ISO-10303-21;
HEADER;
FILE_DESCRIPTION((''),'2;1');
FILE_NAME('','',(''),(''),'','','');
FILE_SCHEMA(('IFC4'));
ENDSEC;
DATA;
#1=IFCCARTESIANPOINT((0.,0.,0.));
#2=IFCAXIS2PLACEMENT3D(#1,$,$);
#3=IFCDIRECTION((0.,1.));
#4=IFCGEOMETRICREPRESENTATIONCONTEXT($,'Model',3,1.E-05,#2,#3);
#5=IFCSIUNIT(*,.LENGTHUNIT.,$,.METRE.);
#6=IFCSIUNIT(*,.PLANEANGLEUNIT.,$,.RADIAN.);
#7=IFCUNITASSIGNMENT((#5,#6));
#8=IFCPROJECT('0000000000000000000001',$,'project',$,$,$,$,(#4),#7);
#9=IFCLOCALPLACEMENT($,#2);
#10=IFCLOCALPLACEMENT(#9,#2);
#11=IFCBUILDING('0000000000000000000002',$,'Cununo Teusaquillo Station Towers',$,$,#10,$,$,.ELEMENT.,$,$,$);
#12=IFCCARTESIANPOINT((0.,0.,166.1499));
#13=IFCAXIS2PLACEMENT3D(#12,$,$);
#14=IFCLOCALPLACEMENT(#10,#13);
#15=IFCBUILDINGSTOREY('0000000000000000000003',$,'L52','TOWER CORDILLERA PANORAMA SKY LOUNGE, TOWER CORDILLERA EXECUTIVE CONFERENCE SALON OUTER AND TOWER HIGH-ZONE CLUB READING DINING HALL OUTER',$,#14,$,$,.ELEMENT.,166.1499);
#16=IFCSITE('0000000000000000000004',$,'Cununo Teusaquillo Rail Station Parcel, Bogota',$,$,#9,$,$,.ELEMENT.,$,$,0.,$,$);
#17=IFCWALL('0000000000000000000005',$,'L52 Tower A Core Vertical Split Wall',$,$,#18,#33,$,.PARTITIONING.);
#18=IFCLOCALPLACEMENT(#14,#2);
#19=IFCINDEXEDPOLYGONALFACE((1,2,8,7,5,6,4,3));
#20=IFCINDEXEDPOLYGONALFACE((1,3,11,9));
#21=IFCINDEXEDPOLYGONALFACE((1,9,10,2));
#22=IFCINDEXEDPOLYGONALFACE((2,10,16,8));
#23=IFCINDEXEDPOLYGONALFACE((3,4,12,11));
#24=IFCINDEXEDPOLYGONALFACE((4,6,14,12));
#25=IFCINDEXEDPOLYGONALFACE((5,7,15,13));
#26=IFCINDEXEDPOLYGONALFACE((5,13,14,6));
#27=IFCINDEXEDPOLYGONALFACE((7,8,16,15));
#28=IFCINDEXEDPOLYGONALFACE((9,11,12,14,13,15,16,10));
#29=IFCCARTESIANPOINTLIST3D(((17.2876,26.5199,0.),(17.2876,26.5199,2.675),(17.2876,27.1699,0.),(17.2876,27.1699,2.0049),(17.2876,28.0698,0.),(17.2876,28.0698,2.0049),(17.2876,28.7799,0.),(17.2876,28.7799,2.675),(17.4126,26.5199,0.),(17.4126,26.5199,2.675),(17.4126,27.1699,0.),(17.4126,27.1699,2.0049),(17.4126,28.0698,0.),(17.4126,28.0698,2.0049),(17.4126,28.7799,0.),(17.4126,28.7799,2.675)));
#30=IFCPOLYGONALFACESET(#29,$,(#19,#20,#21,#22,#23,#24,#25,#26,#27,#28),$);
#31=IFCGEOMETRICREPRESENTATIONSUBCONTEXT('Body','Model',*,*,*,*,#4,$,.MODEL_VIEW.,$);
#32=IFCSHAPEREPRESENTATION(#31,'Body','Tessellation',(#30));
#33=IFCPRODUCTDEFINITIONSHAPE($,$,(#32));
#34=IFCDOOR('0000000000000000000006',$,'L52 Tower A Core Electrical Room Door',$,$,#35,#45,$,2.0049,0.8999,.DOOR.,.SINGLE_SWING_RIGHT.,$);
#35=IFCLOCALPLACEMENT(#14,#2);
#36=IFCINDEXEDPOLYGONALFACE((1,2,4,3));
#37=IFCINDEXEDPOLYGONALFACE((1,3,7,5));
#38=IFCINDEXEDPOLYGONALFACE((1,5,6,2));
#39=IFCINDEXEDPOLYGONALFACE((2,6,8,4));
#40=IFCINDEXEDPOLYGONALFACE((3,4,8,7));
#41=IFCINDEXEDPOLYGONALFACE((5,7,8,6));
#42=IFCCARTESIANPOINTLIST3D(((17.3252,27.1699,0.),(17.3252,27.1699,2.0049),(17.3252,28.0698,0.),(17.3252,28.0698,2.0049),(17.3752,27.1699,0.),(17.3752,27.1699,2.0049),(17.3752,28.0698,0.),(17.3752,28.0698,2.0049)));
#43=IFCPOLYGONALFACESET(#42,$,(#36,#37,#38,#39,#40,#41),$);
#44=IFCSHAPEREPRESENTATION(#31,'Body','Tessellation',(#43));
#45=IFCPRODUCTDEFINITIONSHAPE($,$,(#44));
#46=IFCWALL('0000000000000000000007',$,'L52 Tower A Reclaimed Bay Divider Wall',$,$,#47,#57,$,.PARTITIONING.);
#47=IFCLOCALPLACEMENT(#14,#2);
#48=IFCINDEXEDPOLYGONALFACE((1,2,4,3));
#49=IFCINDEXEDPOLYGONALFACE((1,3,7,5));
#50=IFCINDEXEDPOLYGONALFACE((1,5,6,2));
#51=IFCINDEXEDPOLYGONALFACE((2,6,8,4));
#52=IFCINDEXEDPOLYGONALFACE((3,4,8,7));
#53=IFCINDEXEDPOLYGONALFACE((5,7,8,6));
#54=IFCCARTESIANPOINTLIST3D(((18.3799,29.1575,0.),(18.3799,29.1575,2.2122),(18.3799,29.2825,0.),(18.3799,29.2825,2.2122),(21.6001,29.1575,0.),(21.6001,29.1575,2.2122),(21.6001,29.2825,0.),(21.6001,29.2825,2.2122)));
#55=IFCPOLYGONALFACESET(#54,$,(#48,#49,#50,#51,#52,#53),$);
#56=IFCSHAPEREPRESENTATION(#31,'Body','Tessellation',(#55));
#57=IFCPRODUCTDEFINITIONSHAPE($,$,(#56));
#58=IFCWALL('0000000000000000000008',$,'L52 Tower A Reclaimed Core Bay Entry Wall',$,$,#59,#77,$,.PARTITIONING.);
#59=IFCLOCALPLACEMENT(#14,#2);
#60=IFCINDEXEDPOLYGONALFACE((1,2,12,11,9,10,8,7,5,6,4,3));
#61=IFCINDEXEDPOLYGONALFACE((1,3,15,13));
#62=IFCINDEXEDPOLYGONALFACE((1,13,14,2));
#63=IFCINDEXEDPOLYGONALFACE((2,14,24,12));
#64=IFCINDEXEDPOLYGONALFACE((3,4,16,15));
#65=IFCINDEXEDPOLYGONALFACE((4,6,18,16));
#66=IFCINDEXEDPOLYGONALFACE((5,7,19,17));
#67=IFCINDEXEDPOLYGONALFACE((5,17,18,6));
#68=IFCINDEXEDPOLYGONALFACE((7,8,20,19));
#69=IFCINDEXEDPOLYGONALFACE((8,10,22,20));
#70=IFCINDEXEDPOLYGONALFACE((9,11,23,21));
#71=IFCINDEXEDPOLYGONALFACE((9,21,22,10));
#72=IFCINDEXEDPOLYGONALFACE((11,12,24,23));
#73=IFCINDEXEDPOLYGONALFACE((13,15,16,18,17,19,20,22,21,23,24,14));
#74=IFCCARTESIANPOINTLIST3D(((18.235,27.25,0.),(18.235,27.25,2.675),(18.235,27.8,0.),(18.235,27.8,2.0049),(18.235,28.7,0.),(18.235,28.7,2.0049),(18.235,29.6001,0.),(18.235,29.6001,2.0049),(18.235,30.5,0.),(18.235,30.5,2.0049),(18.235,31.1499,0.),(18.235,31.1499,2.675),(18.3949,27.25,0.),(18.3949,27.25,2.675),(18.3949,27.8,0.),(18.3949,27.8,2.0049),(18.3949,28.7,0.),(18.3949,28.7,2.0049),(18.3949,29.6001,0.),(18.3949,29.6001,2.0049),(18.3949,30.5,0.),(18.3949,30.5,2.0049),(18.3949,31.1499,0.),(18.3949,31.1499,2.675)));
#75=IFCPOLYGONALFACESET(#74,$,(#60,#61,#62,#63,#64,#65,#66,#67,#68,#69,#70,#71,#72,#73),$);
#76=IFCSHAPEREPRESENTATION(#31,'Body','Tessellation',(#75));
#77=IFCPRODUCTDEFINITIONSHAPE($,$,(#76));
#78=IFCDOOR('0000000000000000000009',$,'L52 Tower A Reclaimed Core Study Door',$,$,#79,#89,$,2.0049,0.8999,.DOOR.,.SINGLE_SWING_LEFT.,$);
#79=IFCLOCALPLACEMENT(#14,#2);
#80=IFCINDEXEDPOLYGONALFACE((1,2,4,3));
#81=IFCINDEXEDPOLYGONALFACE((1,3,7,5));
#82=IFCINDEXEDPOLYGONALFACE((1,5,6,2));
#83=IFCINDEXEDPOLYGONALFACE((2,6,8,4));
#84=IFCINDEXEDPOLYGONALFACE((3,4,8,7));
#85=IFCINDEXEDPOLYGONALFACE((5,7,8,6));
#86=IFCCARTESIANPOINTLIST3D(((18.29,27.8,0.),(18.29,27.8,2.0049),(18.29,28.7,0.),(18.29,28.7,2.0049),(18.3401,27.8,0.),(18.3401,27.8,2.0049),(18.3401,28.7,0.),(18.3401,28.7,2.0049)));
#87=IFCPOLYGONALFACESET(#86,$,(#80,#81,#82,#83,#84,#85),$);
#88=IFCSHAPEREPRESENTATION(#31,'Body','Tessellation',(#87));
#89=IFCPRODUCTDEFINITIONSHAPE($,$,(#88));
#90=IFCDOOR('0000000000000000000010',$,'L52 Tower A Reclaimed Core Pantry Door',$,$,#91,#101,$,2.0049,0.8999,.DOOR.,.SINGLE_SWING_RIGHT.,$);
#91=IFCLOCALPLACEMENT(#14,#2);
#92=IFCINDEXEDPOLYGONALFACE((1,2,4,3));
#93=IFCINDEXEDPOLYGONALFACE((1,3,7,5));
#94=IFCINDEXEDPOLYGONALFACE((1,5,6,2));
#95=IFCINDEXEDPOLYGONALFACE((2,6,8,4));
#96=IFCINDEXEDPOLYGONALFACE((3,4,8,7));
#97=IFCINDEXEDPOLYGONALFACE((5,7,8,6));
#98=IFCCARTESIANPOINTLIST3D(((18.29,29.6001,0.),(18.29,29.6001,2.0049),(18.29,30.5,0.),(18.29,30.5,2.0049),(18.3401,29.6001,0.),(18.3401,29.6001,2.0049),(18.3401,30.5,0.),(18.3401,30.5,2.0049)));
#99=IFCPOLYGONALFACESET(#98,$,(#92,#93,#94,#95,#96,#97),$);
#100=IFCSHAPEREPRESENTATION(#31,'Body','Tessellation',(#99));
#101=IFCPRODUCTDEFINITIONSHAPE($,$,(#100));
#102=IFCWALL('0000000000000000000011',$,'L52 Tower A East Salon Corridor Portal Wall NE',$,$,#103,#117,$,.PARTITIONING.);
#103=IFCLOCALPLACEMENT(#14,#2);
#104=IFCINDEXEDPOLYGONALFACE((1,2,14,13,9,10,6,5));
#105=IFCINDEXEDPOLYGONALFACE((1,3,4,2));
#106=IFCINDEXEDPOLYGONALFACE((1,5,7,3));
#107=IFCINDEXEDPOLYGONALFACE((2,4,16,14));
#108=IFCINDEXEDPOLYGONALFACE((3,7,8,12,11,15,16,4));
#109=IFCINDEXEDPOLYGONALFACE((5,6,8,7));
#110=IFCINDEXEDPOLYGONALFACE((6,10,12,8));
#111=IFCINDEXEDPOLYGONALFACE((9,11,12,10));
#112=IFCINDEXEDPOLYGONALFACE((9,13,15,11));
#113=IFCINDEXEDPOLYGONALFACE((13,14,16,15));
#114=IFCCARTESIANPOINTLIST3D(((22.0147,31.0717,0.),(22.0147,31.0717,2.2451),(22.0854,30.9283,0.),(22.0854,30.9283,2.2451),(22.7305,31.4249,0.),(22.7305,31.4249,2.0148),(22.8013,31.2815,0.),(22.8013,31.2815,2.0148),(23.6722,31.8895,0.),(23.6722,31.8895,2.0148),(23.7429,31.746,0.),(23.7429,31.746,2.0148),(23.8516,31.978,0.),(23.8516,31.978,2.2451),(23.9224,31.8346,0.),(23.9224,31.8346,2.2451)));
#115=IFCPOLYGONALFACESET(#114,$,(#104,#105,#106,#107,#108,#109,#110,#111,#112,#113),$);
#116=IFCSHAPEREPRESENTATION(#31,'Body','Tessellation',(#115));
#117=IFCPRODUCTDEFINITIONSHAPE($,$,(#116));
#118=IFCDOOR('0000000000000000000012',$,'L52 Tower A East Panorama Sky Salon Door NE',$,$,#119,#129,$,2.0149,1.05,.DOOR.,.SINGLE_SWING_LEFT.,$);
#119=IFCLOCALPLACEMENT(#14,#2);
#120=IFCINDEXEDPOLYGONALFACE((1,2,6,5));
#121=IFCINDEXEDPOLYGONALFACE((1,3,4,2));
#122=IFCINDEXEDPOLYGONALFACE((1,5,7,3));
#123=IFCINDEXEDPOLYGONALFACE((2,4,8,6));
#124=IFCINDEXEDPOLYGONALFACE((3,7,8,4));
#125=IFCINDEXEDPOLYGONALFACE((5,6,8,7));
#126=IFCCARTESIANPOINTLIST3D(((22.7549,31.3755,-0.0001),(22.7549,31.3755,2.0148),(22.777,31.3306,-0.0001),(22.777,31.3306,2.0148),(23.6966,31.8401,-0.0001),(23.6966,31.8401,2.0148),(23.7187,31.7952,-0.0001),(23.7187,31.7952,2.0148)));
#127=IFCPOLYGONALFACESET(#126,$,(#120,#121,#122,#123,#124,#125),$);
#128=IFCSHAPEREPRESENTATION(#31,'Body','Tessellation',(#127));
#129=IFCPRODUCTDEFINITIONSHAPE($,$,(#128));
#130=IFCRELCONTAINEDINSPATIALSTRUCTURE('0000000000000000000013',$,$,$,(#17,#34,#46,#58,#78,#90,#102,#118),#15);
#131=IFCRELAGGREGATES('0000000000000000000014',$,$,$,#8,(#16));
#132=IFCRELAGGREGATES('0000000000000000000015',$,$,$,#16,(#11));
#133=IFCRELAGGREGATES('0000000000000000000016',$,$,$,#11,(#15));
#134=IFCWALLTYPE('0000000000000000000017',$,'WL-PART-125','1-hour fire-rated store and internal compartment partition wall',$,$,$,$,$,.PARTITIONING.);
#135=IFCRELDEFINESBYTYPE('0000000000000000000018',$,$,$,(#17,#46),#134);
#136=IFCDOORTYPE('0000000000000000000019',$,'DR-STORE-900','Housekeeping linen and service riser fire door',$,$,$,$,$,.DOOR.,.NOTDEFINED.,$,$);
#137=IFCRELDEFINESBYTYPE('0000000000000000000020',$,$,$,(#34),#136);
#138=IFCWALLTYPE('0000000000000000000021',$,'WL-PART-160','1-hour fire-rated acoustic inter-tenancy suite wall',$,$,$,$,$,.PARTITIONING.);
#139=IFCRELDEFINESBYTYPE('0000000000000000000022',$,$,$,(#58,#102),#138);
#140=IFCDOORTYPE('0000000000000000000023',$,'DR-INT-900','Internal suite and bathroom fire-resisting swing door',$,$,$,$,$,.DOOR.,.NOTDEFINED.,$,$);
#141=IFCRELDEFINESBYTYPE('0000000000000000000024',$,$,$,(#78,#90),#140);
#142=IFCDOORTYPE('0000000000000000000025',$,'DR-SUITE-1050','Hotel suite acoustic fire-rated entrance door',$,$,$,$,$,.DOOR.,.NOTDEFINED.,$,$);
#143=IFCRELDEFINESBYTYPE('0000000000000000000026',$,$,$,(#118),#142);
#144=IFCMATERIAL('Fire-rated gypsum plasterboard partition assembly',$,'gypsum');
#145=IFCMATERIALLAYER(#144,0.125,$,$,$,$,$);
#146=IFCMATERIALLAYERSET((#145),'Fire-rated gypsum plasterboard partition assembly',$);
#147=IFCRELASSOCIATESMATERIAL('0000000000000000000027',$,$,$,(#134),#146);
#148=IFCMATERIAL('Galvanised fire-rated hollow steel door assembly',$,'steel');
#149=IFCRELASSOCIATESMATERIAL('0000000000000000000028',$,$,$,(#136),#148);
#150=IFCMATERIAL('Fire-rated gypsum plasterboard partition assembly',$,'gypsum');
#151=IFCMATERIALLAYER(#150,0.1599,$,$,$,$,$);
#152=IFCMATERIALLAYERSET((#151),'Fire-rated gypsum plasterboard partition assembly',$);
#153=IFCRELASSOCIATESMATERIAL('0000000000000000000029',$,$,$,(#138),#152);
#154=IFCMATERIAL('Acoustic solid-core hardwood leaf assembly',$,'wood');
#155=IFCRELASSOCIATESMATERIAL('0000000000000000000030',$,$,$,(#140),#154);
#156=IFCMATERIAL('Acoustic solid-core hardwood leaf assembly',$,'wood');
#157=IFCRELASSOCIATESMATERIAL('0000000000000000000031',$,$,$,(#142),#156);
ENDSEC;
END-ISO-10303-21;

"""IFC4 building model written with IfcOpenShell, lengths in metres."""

from ifc_helpers import new_model, si_unit, direction, frame, frame_2d, origin, place, context, subcontext, project, spatial, rectangle, extrude, source, transform, mapped, material, layer, layer_set, type_object, element, fill, save


model = new_model("IFC4")

# Units and contexts
model_context = context("Model", 3, precision=1e-05, world=origin(), true_north=direction((0.0, 1.0)))
body_context = subcontext(model_context, "Body", "Model", "MODEL_VIEW")
ifc_project = project(units=[si_unit("LENGTHUNIT", "METRE"), si_unit("PLANEANGLEUNIT", "RADIAN")], contexts=[model_context])

# Site, building, storey
site_placement = place(None, origin())
site = spatial("IfcSite", under=ifc_project, at=site_placement, Name="Cununo Teusaquillo Rail Station Parcel, Bogota", CompositionType="ELEMENT", RefElevation=0.0)
building_placement = place(site_placement, origin())
building = spatial("IfcBuilding", under=site, at=building_placement, Name="Cununo Teusaquillo Station Towers", CompositionType="ELEMENT")
storey_placement = place(building_placement, frame((0.0, 0.0, 166.1499)))
storey = spatial("IfcBuildingStorey", under=building, at=storey_placement, Name="L52", Description="TOWER CORDILLERA PANORAMA SKY LOUNGE, TOWER CORDILLERA EXECUTIVE CONFERENCE SALON OUTER AND TOWER HIGH-ZONE CLUB READING DINING HALL OUTER", CompositionType="ELEMENT", Elevation=166.1499)

# Wall, opening, door
ifc_material_1 = material(Name="Fire-rated gypsum plasterboard partition assembly", Category="gypsum")
ifc_layer_1 = layer(ifc_material_1, 0.125)
ifc_layer_set_1 = layer_set([ifc_layer_1], Name="Fire-rated gypsum plasterboard partition assembly")
wall_type_1 = type_object("IfcWallType", Name="WL-PART-125", Description="1-hour fire-rated store and internal compartment partition wall", PredefinedType="PARTITIONING", material=ifc_layer_set_1)
wall_1_placement = place(storey_placement, frame((17.3501, 26.52, 0.0), z_axis=(0.0, 0.0, 1.0), x_axis=(0.0, 1.0, 0.0)))
wall_1 = element("IfcWall", 1, at=wall_1_placement, inside=storey, type_object=wall_type_1, Name="L52 Tower A Core Vertical Split Wall", PredefinedType="PARTITIONING", context=body_context, shape_type="SweptSolid", body=[
    extrude(rectangle(XDim=2.26, YDim=0.125, at=frame_2d((1.1299, 0.0))), origin(), (0.0, 0.0, 1.0), 2.675),
])
shared_shape_1 = source(origin(), body_context, "Body", "SweptSolid", [
    extrude(rectangle(XDim=0.8999, YDim=2.0049, at=frame_2d((0.45, 1.0024))), frame((0.0, 0.0725, 0.0), z_axis=(0.0, -1.0, 0.0), x_axis=(1.0, 0.0, 0.0)), (0.0, 0.0, 1.0), 0.145),
])
opening_1_placement = place(wall_1_placement, frame((0.6499, 0.0, 0.0)))
opening_1 = element("IfcOpeningElement", 2, at=opening_1_placement, cuts=wall_1, PredefinedType="OPENING", context=body_context, shape_type="MappedRepresentation", body=[
    mapped(shared_shape_1, transform((0.0, 0.0, 0.0), x_axis=(1.0, 0.0, 0.0), y_axis=(0.0, 1.0, 0.0), z_axis=(0.0, 0.0, 1.0), scale=1.0)),
])
ifc_material_2 = material(Name="Galvanised fire-rated hollow steel door assembly", Category="steel")
door_type_1 = type_object("IfcDoorType", Name="DR-STORE-900", Description="Housekeeping linen and service riser fire door", OperationType="NOTDEFINED", PredefinedType="DOOR", material=ifc_material_2)
shared_shape_2 = source(origin(), body_context, "Body", "SweptSolid", [
    extrude(rectangle(XDim=0.8999, YDim=2.0049, at=frame_2d((0.45, 1.0024))), frame((0.0, 0.0249, 0.0), z_axis=(0.0, -1.0, 0.0), x_axis=(1.0, 0.0, 0.0)), (0.0, 0.0, 1.0), 0.05),
])
door_1_placement = place(opening_1_placement, origin())
door_1 = element("IfcDoor", 3, at=door_1_placement, inside=storey, type_object=door_type_1, Name="L52 Tower A Core Electrical Room Door", OperationType="SINGLE_SWING_RIGHT", OverallHeight=2.0049, OverallWidth=0.8999, PredefinedType="DOOR", context=body_context, shape_type="MappedRepresentation", body=[
    mapped(shared_shape_2, transform((0.0, 0.0, 0.0), x_axis=(1.0, 0.0, 0.0), y_axis=(0.0, 1.0, 0.0), z_axis=(0.0, 0.0, 1.0), scale=1.0)),
])
fill(opening_1, door_1)

# Wall
wall_2_placement = place(storey_placement, frame((18.3799, 29.22, 0.0), z_axis=(0.0, 0.0, 1.0), x_axis=(1.0, 0.0, 0.0)))
element("IfcWall", 4, at=wall_2_placement, inside=storey, type_object=wall_type_1, Name="L52 Tower A Reclaimed Bay Divider Wall", PredefinedType="PARTITIONING", context=body_context, shape_type="SweptSolid", body=[
    extrude(rectangle(XDim=3.2202, YDim=0.125, at=frame_2d((1.6101, 0.0))), origin(), (0.0, 0.0, 1.0), 2.2122),
])

# Wall, openings, doors
ifc_material_3 = material(Name="Fire-rated gypsum plasterboard partition assembly", Category="gypsum")
ifc_layer_2 = layer(ifc_material_3, 0.1599)
ifc_layer_set_2 = layer_set([ifc_layer_2], Name="Fire-rated gypsum plasterboard partition assembly")
wall_type_2 = type_object("IfcWallType", Name="WL-PART-160", Description="1-hour fire-rated acoustic inter-tenancy suite wall", PredefinedType="PARTITIONING", material=ifc_layer_set_2)
wall_3_placement = place(storey_placement, frame((18.3149, 27.25, 0.0), z_axis=(0.0, 0.0, 1.0), x_axis=(0.0, 1.0, 0.0)))
wall_3 = element("IfcWall", 5, at=wall_3_placement, inside=storey, type_object=wall_type_2, Name="L52 Tower A Reclaimed Core Bay Entry Wall", PredefinedType="PARTITIONING", context=body_context, shape_type="SweptSolid", body=[
    extrude(rectangle(XDim=3.8999, YDim=0.1599, at=frame_2d((1.95, 0.0))), origin(), (0.0, 0.0, 1.0), 2.675),
])
shared_shape_3 = source(origin(), body_context, "Body", "SweptSolid", [
    extrude(rectangle(XDim=0.8999, YDim=2.0049, at=frame_2d((0.45, 1.0024))), frame((0.0, 0.0898, 0.0), z_axis=(0.0, -1.0, 0.0), x_axis=(1.0, 0.0, 0.0)), (0.0, 0.0, 1.0), 0.1799),
])
opening_2_placement = place(wall_3_placement, frame((0.55, 0.0, 0.0)))
opening_2 = element("IfcOpeningElement", 6, at=opening_2_placement, cuts=wall_3, PredefinedType="OPENING", context=body_context, shape_type="MappedRepresentation", body=[
    mapped(shared_shape_3, transform((0.0, 0.0, 0.0), x_axis=(1.0, 0.0, 0.0), y_axis=(0.0, 1.0, 0.0), z_axis=(0.0, 0.0, 1.0), scale=1.0)),
])
opening_3_placement = place(wall_3_placement, frame((2.3501, 0.0, 0.0)))
opening_3 = element("IfcOpeningElement", 7, at=opening_3_placement, cuts=wall_3, PredefinedType="OPENING", context=body_context, shape_type="MappedRepresentation", body=[
    mapped(shared_shape_3, transform((0.0, 0.0, 0.0), x_axis=(1.0, 0.0, 0.0), y_axis=(0.0, 1.0, 0.0), z_axis=(0.0, 0.0, 1.0), scale=1.0)),
])
ifc_material_4 = material(Name="Acoustic solid-core hardwood leaf assembly", Category="wood")
door_type_2 = type_object("IfcDoorType", Name="DR-INT-900", Description="Internal suite and bathroom fire-resisting swing door", OperationType="NOTDEFINED", PredefinedType="DOOR", material=ifc_material_4)
door_2_placement = place(opening_2_placement, origin())
door_2 = element("IfcDoor", 8, at=door_2_placement, inside=storey, type_object=door_type_2, Name="L52 Tower A Reclaimed Core Study Door", OperationType="SINGLE_SWING_LEFT", OverallHeight=2.0049, OverallWidth=0.8999, PredefinedType="DOOR", context=body_context, shape_type="MappedRepresentation", body=[
    mapped(shared_shape_2, transform((0.0, 0.0, 0.0), x_axis=(1.0, 0.0, 0.0), y_axis=(0.0, 1.0, 0.0), z_axis=(0.0, 0.0, 1.0), scale=1.0)),
])
fill(opening_2, door_2)
door_3_placement = place(opening_3_placement, origin())
door_3 = element("IfcDoor", 9, at=door_3_placement, inside=storey, type_object=door_type_2, Name="L52 Tower A Reclaimed Core Pantry Door", OperationType="SINGLE_SWING_RIGHT", OverallHeight=2.0049, OverallWidth=0.8999, PredefinedType="DOOR", context=body_context, shape_type="MappedRepresentation", body=[
    mapped(shared_shape_2, transform((0.0, 0.0, 0.0), x_axis=(1.0, 0.0, 0.0), y_axis=(0.0, 1.0, 0.0), z_axis=(0.0, 0.0, 1.0), scale=1.0)),
])
fill(opening_3, door_3)

# Wall, opening, door
wall_4_placement = place(storey_placement, frame((22.05, 31.0, 0.0), z_axis=(0.0, 0.0, 1.0), x_axis=(0.896798, 0.44244, 0.0)))
wall_4 = element("IfcWall", 10, at=wall_4_placement, inside=storey, type_object=wall_type_2, Name="L52 Tower A East Salon Corridor Portal Wall NE", PredefinedType="PARTITIONING", context=body_context, shape_type="SweptSolid", body=[
    extrude(rectangle(XDim=2.0483, YDim=0.1599, at=frame_2d((1.0242, 0.0))), origin(), (0.0, 0.0, 1.0), 2.2451),
])
shared_shape_4 = source(origin(), body_context, "Body", "SweptSolid", [
    extrude(rectangle(XDim=1.05, YDim=2.0149, at=frame_2d((0.5249, 1.0073))), frame((0.0, 0.0898, 0.0), z_axis=(0.0, -1.0, 0.0), x_axis=(1.0, 0.0, 0.0)), (0.0, 0.0, 1.0), 0.1799),
])
opening_4_placement = place(wall_4_placement, frame((0.7983, 0.0, 0.0)))
opening_4 = element("IfcOpeningElement", 11, at=opening_4_placement, cuts=wall_4, PredefinedType="OPENING", context=body_context, shape_type="MappedRepresentation", body=[
    mapped(shared_shape_4, transform((0.0, 0.0, 0.0), x_axis=(1.0, 0.0, 0.0), y_axis=(0.0, 1.0, 0.0), z_axis=(0.0, 0.0, 1.0), scale=1.0)),
])
ifc_material_5 = material(Name="Acoustic solid-core hardwood leaf assembly", Category="wood")
door_type_3 = type_object("IfcDoorType", Name="DR-SUITE-1050", Description="Hotel suite acoustic fire-rated entrance door", OperationType="NOTDEFINED", PredefinedType="DOOR", material=ifc_material_5)
shared_shape_5 = source(origin(), body_context, "Body", "SweptSolid", [
    extrude(rectangle(XDim=1.05, YDim=2.0149, at=frame_2d((0.5249, 1.0073))), frame((0.0, 0.0249, 0.0), z_axis=(0.0, -1.0, 0.0), x_axis=(1.0, 0.0, 0.0)), (0.0, 0.0, 1.0), 0.05),
])
door_4_placement = place(opening_4_placement, origin())
door_4 = element("IfcDoor", 12, at=door_4_placement, inside=storey, type_object=door_type_3, Name="L52 Tower A East Panorama Sky Salon Door NE", OperationType="SINGLE_SWING_LEFT", OverallHeight=2.0149, OverallWidth=1.05, PredefinedType="DOOR", context=body_context, shape_type="MappedRepresentation", body=[
    mapped(shared_shape_5, transform((0.0, 0.0, 0.0), x_axis=(1.0, 0.0, 0.0), y_axis=(0.0, 1.0, 0.0), z_axis=(0.0, 0.0, 1.0), scale=1.0)),
])
fill(opening_4, door_4)

save(model, "model.ifc")
